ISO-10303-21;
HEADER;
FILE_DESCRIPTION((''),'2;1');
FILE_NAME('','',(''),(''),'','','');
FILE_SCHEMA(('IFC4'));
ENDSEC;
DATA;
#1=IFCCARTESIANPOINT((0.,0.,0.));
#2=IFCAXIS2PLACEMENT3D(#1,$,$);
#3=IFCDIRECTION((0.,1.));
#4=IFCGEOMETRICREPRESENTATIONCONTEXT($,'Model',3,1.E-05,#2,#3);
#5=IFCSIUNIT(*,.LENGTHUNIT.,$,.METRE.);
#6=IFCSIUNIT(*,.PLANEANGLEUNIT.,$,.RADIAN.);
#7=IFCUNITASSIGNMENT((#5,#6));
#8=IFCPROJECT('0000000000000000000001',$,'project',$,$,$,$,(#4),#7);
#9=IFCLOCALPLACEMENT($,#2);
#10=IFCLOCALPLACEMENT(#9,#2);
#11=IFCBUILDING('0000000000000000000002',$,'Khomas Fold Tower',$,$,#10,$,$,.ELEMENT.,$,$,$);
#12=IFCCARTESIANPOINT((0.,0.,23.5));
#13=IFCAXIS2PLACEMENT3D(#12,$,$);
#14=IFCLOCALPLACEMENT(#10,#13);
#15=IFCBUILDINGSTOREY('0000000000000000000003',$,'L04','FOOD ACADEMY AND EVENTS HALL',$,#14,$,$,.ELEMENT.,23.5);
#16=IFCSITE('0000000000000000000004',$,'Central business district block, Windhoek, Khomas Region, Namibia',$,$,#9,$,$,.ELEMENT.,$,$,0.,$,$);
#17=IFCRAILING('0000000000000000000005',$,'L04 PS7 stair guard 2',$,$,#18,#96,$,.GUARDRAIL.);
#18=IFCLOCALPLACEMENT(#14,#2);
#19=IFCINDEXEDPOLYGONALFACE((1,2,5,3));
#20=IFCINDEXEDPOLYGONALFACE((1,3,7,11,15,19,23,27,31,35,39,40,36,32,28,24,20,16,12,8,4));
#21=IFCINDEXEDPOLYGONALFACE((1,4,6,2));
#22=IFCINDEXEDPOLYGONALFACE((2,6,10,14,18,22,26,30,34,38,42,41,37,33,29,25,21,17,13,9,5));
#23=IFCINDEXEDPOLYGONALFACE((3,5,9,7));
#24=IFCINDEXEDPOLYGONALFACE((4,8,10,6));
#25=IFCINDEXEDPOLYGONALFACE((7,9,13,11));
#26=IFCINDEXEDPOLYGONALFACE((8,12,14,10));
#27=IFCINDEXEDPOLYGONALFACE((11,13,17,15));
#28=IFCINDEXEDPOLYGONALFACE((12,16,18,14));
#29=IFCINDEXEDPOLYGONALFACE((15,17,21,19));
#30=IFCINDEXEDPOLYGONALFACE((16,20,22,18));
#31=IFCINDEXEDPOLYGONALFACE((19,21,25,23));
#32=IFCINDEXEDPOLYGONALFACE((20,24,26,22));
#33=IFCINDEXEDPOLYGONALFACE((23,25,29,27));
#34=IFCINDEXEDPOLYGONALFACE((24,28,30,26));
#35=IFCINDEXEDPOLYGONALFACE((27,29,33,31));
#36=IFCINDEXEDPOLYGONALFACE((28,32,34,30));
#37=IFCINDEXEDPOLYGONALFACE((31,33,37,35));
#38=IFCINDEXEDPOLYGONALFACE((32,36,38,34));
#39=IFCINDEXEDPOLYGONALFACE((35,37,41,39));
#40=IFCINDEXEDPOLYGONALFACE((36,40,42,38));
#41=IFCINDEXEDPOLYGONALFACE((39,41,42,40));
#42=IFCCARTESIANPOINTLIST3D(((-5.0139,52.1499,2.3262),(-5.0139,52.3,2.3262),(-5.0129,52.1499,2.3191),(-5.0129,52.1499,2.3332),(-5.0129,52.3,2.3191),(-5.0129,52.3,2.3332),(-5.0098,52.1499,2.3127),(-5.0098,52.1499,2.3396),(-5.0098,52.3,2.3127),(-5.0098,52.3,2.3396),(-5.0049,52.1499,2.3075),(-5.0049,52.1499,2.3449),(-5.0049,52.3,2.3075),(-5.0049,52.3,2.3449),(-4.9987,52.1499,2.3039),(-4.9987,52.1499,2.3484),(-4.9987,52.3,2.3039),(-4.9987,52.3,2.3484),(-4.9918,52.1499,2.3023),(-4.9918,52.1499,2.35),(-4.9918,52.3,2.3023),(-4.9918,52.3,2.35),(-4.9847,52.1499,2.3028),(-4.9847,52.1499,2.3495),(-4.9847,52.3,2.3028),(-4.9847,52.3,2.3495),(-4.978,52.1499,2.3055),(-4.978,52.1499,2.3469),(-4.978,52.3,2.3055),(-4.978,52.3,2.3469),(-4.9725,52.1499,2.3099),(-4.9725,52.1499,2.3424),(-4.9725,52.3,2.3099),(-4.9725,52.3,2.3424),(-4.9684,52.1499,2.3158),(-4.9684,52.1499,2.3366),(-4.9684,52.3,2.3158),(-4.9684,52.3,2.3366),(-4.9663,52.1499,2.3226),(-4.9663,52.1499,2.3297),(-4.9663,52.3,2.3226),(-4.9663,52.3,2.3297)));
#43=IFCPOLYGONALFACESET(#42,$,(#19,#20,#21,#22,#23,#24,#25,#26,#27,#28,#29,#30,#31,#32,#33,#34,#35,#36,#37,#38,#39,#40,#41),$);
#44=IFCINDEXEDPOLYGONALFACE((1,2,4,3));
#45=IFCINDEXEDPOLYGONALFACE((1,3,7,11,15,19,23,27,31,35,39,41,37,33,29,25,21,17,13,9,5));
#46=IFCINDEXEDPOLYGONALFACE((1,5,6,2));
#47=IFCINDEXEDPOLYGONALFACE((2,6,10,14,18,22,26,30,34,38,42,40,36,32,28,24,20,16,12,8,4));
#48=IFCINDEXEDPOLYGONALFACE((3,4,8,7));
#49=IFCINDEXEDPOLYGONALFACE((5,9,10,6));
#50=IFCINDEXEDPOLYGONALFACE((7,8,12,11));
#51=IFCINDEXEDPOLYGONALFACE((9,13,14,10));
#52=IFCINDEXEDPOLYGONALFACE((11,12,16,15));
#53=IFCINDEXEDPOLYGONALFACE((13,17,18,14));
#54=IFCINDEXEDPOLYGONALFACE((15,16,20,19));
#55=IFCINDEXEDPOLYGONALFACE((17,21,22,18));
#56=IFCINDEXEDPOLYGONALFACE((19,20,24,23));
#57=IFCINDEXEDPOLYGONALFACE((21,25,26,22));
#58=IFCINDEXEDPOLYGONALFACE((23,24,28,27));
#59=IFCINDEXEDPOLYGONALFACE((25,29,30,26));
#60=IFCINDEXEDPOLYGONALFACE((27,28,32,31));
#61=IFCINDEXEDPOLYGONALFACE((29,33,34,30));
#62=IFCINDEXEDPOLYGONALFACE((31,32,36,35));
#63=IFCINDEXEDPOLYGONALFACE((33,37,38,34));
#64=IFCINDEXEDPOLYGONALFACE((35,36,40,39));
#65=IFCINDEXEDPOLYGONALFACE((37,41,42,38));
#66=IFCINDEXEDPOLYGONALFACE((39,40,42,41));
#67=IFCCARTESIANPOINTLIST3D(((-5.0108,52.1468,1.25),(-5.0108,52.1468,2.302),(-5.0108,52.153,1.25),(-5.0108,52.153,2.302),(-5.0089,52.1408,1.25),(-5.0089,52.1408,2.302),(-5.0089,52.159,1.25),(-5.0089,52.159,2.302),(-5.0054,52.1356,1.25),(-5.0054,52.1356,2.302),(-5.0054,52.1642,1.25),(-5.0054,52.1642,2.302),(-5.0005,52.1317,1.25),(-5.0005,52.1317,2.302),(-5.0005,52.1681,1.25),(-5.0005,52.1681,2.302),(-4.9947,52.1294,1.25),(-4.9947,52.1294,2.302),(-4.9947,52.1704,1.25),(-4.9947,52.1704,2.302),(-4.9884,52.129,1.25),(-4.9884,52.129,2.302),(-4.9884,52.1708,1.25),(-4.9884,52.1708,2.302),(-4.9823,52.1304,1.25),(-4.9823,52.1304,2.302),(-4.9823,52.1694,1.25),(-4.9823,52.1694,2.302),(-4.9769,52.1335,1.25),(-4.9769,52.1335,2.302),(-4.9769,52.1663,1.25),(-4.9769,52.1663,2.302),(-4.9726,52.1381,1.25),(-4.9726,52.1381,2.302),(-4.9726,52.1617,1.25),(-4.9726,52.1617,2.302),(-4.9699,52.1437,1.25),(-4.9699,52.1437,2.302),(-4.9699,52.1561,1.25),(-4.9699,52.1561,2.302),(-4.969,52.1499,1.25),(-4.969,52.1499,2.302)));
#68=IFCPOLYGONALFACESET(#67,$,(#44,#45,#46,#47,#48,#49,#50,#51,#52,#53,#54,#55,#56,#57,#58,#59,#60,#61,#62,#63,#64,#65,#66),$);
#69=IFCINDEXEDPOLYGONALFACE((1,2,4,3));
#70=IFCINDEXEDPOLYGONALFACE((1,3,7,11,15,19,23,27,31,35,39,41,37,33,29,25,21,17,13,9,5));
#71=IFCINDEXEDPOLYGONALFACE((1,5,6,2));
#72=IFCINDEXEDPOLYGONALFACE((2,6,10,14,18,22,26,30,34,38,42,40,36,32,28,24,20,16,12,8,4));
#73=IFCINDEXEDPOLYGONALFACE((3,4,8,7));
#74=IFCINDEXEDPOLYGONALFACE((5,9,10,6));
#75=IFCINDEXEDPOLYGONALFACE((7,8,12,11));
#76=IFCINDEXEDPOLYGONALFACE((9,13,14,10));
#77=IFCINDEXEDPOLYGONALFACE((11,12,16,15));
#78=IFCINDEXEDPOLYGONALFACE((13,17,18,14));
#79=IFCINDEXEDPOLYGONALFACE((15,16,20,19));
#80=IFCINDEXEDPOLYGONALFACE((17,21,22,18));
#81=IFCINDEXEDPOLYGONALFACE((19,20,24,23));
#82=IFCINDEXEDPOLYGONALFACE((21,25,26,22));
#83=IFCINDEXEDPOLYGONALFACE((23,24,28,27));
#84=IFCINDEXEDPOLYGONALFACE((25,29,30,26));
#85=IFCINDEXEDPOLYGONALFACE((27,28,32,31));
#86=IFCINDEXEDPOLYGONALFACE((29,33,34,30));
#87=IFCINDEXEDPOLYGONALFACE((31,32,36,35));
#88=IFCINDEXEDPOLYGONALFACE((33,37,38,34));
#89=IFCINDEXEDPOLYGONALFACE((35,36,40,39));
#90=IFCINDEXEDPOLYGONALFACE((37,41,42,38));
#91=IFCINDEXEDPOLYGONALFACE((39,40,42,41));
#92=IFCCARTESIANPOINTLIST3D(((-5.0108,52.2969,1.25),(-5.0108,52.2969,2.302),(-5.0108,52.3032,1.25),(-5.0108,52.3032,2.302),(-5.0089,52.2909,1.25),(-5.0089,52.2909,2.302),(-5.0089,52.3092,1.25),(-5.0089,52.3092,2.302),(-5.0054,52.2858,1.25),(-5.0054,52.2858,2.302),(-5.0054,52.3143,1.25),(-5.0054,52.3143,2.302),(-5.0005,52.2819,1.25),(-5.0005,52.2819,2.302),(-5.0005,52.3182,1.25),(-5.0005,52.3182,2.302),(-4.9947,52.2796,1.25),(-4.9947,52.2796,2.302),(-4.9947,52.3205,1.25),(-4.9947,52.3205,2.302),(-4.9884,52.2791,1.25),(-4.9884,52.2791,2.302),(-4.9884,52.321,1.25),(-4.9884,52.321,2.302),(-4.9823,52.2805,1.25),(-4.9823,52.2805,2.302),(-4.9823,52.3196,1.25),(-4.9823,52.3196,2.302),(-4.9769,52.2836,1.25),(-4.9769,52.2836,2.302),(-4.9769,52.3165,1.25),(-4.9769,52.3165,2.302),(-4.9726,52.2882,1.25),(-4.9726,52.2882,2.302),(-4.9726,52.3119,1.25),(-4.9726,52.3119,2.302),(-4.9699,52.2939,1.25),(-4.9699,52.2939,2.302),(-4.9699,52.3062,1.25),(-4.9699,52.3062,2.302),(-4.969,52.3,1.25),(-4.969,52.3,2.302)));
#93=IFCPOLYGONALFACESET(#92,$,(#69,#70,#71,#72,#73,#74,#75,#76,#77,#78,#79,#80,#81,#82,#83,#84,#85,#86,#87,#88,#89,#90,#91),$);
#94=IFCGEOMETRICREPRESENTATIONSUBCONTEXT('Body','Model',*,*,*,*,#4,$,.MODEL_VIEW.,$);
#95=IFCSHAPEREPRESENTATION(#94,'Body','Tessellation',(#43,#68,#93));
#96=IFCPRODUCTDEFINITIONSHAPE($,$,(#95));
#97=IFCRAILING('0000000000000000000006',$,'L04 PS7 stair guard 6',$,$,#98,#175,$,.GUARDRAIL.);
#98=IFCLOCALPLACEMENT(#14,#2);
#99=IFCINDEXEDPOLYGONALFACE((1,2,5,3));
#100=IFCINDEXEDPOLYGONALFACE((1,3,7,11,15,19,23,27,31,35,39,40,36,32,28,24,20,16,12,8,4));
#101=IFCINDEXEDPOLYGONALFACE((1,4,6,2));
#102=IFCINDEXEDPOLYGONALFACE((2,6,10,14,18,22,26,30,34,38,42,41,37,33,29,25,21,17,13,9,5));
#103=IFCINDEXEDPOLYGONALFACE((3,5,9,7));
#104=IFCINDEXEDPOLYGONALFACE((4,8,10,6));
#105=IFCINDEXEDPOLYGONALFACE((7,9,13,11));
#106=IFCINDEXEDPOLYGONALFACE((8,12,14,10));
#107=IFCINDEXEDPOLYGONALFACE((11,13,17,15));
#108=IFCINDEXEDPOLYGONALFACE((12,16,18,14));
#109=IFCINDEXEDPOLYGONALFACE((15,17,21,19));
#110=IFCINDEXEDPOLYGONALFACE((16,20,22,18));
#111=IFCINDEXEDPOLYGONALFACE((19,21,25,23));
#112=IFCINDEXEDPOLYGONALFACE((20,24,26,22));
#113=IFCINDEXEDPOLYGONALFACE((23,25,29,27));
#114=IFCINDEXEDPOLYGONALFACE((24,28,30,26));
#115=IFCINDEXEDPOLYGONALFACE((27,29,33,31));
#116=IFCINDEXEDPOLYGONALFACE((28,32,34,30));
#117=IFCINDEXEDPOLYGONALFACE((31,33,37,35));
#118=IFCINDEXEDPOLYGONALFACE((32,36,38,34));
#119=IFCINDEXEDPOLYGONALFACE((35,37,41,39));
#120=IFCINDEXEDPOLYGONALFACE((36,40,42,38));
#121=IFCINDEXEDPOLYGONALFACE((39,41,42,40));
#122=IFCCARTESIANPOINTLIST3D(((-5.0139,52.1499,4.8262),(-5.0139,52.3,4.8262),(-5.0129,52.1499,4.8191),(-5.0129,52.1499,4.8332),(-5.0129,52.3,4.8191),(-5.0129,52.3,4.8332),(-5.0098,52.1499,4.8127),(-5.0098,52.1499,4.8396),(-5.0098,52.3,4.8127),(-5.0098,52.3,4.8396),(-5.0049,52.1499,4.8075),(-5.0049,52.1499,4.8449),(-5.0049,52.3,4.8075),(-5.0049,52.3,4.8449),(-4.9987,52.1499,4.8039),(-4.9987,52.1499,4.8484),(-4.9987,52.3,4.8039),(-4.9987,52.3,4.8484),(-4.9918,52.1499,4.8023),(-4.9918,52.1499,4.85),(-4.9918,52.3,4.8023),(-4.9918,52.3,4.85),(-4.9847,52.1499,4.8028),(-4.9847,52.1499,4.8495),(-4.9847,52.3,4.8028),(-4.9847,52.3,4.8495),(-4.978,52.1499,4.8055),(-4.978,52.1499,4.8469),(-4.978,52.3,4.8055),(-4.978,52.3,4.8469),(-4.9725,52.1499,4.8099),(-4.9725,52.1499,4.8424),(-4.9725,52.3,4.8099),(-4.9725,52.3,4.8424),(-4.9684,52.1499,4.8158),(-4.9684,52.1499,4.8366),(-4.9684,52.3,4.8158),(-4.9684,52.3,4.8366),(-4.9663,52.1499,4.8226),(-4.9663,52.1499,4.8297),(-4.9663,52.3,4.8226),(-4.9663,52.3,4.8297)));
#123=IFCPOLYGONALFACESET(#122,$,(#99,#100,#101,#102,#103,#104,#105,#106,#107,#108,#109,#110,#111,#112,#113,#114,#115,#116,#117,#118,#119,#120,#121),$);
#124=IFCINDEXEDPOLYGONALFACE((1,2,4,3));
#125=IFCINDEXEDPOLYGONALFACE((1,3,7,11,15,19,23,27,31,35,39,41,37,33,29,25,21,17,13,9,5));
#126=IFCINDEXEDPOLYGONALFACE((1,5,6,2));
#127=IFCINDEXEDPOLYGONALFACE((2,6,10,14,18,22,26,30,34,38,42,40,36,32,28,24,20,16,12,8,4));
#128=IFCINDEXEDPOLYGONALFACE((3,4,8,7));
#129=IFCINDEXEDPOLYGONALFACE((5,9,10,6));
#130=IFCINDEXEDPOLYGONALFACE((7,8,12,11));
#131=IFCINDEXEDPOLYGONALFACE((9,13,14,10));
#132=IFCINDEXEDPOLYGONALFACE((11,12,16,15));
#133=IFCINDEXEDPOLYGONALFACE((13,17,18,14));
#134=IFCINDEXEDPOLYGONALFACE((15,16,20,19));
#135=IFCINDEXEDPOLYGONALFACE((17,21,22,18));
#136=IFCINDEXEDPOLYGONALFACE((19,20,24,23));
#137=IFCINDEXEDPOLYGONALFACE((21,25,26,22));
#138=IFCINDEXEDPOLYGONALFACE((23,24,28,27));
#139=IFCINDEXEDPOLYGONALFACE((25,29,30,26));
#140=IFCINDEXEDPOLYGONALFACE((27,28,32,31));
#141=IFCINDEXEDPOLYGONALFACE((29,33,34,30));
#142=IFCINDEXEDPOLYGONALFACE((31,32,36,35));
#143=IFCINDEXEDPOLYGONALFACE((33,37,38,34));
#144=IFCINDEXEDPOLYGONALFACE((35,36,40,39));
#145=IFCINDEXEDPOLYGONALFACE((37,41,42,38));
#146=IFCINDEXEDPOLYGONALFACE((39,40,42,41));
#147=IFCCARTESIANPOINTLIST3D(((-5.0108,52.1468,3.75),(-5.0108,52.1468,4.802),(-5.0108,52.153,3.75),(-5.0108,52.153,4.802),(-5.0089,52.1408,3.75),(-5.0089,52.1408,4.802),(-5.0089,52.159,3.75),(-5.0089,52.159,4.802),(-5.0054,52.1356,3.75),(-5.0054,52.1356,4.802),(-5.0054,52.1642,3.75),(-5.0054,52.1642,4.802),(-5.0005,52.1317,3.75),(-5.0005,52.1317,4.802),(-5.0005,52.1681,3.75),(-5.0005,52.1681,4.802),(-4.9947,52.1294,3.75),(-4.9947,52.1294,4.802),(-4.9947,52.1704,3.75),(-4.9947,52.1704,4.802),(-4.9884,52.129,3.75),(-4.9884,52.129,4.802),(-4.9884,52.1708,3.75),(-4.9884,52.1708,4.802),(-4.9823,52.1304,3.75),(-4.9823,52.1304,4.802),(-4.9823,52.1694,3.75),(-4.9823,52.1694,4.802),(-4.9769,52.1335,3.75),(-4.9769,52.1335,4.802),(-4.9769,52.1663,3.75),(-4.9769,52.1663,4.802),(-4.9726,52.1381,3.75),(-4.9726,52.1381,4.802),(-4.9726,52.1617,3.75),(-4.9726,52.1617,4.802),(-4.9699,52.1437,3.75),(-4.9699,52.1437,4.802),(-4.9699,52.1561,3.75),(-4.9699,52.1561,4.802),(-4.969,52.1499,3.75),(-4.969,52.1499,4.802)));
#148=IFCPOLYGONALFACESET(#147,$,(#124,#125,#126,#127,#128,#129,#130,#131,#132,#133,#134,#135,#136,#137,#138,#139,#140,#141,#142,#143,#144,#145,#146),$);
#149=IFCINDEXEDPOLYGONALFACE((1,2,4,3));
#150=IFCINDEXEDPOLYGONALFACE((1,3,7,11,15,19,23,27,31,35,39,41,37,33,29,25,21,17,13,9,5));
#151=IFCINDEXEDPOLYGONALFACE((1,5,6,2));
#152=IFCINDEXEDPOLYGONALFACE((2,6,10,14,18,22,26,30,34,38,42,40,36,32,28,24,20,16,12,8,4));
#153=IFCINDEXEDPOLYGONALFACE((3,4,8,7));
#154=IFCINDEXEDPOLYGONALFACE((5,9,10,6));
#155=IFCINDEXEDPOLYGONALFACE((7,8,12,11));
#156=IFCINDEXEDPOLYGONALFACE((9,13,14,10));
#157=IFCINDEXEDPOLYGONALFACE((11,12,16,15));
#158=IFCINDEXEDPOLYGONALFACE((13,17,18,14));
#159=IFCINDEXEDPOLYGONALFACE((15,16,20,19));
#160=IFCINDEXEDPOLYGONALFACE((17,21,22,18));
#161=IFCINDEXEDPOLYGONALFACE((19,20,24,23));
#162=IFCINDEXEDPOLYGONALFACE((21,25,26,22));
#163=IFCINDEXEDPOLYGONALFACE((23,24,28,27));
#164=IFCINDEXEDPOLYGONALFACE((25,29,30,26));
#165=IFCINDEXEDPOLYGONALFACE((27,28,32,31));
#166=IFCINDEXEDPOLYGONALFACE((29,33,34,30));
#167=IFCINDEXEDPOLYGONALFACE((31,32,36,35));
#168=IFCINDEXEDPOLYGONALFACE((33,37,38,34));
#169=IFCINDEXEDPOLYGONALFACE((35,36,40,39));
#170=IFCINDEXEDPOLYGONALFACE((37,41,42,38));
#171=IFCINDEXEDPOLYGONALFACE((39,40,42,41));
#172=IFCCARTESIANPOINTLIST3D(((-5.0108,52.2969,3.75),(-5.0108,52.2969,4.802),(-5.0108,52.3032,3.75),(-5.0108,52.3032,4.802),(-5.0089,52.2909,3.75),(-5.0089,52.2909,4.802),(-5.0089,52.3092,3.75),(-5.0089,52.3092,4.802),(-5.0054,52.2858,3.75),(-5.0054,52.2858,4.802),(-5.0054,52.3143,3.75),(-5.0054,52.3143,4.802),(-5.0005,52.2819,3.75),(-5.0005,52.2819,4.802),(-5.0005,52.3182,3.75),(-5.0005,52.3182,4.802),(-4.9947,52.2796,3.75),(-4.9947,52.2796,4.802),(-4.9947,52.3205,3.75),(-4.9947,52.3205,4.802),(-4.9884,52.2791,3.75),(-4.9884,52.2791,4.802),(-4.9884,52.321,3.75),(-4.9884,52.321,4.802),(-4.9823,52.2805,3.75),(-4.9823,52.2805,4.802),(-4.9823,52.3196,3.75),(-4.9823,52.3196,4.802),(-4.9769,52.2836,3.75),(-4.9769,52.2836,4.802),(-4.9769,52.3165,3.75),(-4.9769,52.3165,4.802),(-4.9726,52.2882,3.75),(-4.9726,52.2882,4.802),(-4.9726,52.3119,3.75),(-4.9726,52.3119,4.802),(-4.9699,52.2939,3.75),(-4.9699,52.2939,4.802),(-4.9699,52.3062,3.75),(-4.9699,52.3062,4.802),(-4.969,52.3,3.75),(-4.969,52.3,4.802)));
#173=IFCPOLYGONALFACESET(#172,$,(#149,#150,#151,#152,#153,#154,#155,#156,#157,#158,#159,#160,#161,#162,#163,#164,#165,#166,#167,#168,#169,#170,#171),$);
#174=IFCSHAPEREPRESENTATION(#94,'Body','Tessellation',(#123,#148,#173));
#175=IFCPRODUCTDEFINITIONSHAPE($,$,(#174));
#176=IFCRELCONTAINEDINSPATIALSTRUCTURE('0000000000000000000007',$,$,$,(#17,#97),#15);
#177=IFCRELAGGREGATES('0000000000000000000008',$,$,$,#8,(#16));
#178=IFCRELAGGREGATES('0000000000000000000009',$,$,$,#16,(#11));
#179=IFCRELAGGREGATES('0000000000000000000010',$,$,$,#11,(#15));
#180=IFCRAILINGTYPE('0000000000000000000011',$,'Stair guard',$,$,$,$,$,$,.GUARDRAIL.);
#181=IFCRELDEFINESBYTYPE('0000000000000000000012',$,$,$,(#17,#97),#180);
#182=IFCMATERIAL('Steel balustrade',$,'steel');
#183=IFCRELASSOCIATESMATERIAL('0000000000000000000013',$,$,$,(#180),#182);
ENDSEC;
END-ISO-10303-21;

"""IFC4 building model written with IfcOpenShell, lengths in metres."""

from ifc_helpers import new_model, si_unit, direction, frame, origin, origin_2d, place, context, subcontext, project, spatial, circle, extrude, source, transform, mapped, material, type_object, element, save


model = new_model("IFC4")

# Units and contexts
model_context = context("Model", 3, precision=1e-05, world=origin(), true_north=direction((0.0, 1.0)))
body_context = subcontext(model_context, "Body", "Model", "MODEL_VIEW")
ifc_project = project(units=[si_unit("LENGTHUNIT", "METRE"), si_unit("PLANEANGLEUNIT", "RADIAN")], contexts=[model_context])

# Site, building, storey
site_placement = place(None, origin())
site = spatial("IfcSite", under=ifc_project, at=site_placement, Name="Central business district block, Windhoek, Khomas Region, Namibia", CompositionType="ELEMENT", RefElevation=0.0)
building_placement = place(site_placement, origin())
building = spatial("IfcBuilding", under=site, at=building_placement, Name="Khomas Fold Tower", CompositionType="ELEMENT")
storey_placement = place(building_placement, frame((0.0, 0.0, 23.5)))
storey = spatial("IfcBuildingStorey", under=building, at=storey_placement, Name="L04", Description="FOOD ACADEMY AND EVENTS HALL", CompositionType="ELEMENT", Elevation=23.5)

# Railings
ifc_material_1 = material(Name="Steel balustrade", Category="steel")
railing_type_1 = type_object("IfcRailingType", Name="Stair guard", PredefinedType="GUARDRAIL", material=ifc_material_1)
shared_shape_1 = source(origin(), body_context, "Body", "SweptSolid", [
    extrude(circle(Radius=0.0239, at=origin_2d()), frame((0.0, 0.0, 1.0762), z_axis=(0.0, 1.0, 0.0), x_axis=(-1.0, 0.0, 0.0)), (0.0, 0.0, 1.0), 0.1501),
    extrude(circle(Radius=0.021, at=origin_2d()), origin(), (0.0, 0.0, 1.0), 1.052),
    extrude(circle(Radius=0.021, at=origin_2d()), frame((0.0, 0.1501, 0.0)), (0.0, 0.0, 1.0), 1.052),
])
for number, where, name in (
    (1, (-4.99, 52.1499, 1.25), "L04 PS7 stair guard 2"),
    (2, (-4.99, 52.1499, 3.75), "L04 PS7 stair guard 6"),
):
    element("IfcRailing", number, at=place(storey_placement, frame(where)), inside=storey, type_object=railing_type_1, Name=name, PredefinedType="GUARDRAIL", context=body_context, shape_type="MappedRepresentation", body=[
        mapped(shared_shape_1, transform((0.0, 0.0, 0.0))),
    ])

save(model, "model.ifc")
